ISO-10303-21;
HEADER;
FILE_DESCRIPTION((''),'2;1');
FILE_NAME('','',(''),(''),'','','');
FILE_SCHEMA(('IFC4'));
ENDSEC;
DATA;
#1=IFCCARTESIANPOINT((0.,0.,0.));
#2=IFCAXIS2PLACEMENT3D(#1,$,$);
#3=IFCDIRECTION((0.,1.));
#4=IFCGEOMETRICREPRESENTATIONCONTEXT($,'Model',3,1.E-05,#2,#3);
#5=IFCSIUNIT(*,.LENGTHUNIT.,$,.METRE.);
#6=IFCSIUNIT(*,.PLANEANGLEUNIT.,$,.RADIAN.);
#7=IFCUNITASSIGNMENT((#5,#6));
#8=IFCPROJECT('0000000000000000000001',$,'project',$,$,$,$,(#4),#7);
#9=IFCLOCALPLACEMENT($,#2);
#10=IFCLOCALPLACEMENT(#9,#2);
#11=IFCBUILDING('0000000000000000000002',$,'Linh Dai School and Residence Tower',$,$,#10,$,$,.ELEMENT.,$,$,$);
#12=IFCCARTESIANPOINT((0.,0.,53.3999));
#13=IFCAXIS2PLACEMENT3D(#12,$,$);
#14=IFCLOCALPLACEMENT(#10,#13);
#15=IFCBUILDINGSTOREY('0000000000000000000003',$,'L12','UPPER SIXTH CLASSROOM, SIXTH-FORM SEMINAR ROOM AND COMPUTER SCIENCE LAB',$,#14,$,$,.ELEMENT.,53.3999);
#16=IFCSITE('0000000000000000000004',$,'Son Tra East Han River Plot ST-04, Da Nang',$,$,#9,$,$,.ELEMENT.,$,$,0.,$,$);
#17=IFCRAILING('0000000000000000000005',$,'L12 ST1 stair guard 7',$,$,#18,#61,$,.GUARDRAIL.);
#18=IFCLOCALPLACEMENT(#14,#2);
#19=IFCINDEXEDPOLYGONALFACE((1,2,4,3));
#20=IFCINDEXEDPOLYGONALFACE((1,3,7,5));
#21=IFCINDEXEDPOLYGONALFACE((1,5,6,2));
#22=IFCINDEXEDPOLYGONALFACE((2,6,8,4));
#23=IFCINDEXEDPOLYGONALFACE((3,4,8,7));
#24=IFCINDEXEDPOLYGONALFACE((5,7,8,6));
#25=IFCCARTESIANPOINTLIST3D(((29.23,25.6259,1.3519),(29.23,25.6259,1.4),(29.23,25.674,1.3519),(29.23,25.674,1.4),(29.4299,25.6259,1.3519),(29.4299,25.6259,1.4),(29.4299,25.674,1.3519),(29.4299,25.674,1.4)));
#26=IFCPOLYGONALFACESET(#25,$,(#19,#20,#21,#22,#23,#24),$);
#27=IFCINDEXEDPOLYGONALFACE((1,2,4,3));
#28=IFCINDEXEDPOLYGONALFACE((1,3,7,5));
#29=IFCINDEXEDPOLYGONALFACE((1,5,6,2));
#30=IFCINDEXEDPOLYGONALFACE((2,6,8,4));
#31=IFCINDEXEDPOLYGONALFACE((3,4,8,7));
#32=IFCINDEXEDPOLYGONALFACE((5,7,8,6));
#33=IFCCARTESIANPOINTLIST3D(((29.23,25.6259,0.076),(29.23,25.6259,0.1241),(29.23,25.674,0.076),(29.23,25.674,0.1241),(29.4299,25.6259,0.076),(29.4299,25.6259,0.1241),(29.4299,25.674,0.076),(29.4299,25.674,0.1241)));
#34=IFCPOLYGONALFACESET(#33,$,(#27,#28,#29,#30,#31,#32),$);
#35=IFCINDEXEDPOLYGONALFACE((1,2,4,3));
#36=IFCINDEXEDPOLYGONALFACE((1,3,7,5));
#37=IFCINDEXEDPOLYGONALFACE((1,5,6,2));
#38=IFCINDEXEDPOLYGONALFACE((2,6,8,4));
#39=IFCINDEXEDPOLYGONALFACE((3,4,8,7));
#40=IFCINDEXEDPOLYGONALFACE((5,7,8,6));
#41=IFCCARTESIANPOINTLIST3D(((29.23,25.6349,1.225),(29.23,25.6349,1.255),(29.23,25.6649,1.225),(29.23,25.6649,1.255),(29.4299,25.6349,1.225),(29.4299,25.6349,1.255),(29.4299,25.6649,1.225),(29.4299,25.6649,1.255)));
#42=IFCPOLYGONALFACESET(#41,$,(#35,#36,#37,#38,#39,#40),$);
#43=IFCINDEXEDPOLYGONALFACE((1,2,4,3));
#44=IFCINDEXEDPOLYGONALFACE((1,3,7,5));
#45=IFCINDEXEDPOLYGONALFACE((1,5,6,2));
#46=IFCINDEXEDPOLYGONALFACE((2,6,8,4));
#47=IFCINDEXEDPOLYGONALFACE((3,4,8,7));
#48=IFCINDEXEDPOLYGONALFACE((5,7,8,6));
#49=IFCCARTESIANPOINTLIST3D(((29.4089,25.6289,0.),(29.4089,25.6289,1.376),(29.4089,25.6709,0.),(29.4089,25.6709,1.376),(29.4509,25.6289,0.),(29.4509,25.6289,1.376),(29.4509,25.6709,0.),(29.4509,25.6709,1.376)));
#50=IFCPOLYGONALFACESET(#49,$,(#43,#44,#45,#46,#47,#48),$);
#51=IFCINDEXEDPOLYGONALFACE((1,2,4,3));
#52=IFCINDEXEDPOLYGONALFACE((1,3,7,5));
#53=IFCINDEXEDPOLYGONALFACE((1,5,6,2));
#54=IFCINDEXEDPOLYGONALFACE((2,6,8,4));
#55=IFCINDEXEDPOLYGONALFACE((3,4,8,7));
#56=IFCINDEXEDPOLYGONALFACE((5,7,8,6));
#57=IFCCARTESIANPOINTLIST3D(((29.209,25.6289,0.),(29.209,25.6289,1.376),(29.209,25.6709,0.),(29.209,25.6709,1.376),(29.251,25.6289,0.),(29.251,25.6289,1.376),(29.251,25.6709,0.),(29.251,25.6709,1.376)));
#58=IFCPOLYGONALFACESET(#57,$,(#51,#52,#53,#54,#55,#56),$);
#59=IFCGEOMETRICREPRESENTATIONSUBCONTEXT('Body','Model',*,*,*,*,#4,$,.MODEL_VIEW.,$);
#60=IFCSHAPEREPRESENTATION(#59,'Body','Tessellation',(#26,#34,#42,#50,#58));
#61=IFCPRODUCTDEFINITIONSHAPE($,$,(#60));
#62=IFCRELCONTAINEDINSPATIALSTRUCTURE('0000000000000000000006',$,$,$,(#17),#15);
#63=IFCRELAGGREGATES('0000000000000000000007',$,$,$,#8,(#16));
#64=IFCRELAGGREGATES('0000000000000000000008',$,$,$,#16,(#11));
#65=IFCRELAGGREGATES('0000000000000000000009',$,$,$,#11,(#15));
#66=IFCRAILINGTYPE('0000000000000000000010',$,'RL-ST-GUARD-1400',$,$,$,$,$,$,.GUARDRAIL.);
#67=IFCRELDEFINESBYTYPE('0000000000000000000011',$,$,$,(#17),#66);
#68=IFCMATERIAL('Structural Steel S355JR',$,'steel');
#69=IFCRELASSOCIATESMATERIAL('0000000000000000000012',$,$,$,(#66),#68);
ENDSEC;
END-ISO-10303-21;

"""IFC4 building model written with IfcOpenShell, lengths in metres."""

from ifc_helpers import new_model, si_unit, direction, frame, origin, origin_2d, place, context, subcontext, project, spatial, rectangle, extrude, source, transform, mapped, material, type_object, element, save


model = new_model("IFC4")

# Units and contexts
model_context = context("Model", 3, precision=1e-05, world=origin(), true_north=direction((0.0, 1.0)))
body_context = subcontext(model_context, "Body", "Model", "MODEL_VIEW")
ifc_project = project(units=[si_unit("LENGTHUNIT", "METRE"), si_unit("PLANEANGLEUNIT", "RADIAN")], contexts=[model_context])

# Site, building, storey
site_placement = place(None, origin())
site = spatial("IfcSite", under=ifc_project, at=site_placement, Name="Son Tra East Han River Plot ST-04, Da Nang", CompositionType="ELEMENT", RefElevation=0.0)
building_placement = place(site_placement, origin())
building = spatial("IfcBuilding", under=site, at=building_placement, Name="Linh Dai School and Residence Tower", CompositionType="ELEMENT")
storey_placement = place(building_placement, frame((0.0, 0.0, 53.3999)))
storey = spatial("IfcBuildingStorey", under=building, at=storey_placement, Name="L12", Description="UPPER SIXTH CLASSROOM, SIXTH-FORM SEMINAR ROOM AND COMPUTER SCIENCE LAB", CompositionType="ELEMENT", Elevation=53.3999)

# Shared definitions
ifc_material_1 = material(Name="Structural Steel S355JR", Category="steel")

# Railing
railing_type_1 = type_object("IfcRailingType", Name="RL-ST-GUARD-1400", PredefinedType="GUARDRAIL", material=ifc_material_1)
shared_shape_1 = source(origin(), body_context, "Body", "SweptSolid", [
    extrude(rectangle(XDim=0.0481, YDim=0.0481, at=origin_2d()), frame((0.0, 0.0, 1.376), z_axis=(-1.0, 0.0, 0.0), x_axis=(0.0, -1.0, 0.0)), (0.0, 0.0, 1.0), 0.2),
    extrude(rectangle(XDim=0.0481, YDim=0.0481, at=origin_2d()), frame((0.0, 0.0, 0.1001), z_axis=(-1.0, 0.0, 0.0), x_axis=(0.0, -1.0, 0.0)), (0.0, 0.0, 1.0), 0.2),
    extrude(rectangle(XDim=0.03, YDim=0.03, at=origin_2d()), frame((0.0, 0.0, 1.24), z_axis=(-1.0, 0.0, 0.0), x_axis=(0.0, -1.0, 0.0)), (0.0, 0.0, 1.0), 0.2),
    extrude(rectangle(XDim=0.042, YDim=0.042, at=origin_2d()), origin(), (0.0, 0.0, 1.0), 1.376),
    extrude(rectangle(XDim=0.042, YDim=0.042, at=origin_2d()), frame((-0.2, 0.0, 0.0)), (0.0, 0.0, 1.0), 1.376),
])
railing_1_placement = place(storey_placement, frame((29.4299, 25.6499, 0.0)))
element("IfcRailing", 1, at=railing_1_placement, inside=storey, type_object=railing_type_1, Name="L12 ST1 stair guard 7", PredefinedType="GUARDRAIL", context=body_context, shape_type="MappedRepresentation", body=[
    mapped(shared_shape_1, transform((0.0, 0.0, 0.0), x_axis=(1.0, 0.0, 0.0), y_axis=(0.0, 1.0, 0.0), z_axis=(0.0, 0.0, 1.0), scale=1.0)),
])

save(model, "model.ifc")
